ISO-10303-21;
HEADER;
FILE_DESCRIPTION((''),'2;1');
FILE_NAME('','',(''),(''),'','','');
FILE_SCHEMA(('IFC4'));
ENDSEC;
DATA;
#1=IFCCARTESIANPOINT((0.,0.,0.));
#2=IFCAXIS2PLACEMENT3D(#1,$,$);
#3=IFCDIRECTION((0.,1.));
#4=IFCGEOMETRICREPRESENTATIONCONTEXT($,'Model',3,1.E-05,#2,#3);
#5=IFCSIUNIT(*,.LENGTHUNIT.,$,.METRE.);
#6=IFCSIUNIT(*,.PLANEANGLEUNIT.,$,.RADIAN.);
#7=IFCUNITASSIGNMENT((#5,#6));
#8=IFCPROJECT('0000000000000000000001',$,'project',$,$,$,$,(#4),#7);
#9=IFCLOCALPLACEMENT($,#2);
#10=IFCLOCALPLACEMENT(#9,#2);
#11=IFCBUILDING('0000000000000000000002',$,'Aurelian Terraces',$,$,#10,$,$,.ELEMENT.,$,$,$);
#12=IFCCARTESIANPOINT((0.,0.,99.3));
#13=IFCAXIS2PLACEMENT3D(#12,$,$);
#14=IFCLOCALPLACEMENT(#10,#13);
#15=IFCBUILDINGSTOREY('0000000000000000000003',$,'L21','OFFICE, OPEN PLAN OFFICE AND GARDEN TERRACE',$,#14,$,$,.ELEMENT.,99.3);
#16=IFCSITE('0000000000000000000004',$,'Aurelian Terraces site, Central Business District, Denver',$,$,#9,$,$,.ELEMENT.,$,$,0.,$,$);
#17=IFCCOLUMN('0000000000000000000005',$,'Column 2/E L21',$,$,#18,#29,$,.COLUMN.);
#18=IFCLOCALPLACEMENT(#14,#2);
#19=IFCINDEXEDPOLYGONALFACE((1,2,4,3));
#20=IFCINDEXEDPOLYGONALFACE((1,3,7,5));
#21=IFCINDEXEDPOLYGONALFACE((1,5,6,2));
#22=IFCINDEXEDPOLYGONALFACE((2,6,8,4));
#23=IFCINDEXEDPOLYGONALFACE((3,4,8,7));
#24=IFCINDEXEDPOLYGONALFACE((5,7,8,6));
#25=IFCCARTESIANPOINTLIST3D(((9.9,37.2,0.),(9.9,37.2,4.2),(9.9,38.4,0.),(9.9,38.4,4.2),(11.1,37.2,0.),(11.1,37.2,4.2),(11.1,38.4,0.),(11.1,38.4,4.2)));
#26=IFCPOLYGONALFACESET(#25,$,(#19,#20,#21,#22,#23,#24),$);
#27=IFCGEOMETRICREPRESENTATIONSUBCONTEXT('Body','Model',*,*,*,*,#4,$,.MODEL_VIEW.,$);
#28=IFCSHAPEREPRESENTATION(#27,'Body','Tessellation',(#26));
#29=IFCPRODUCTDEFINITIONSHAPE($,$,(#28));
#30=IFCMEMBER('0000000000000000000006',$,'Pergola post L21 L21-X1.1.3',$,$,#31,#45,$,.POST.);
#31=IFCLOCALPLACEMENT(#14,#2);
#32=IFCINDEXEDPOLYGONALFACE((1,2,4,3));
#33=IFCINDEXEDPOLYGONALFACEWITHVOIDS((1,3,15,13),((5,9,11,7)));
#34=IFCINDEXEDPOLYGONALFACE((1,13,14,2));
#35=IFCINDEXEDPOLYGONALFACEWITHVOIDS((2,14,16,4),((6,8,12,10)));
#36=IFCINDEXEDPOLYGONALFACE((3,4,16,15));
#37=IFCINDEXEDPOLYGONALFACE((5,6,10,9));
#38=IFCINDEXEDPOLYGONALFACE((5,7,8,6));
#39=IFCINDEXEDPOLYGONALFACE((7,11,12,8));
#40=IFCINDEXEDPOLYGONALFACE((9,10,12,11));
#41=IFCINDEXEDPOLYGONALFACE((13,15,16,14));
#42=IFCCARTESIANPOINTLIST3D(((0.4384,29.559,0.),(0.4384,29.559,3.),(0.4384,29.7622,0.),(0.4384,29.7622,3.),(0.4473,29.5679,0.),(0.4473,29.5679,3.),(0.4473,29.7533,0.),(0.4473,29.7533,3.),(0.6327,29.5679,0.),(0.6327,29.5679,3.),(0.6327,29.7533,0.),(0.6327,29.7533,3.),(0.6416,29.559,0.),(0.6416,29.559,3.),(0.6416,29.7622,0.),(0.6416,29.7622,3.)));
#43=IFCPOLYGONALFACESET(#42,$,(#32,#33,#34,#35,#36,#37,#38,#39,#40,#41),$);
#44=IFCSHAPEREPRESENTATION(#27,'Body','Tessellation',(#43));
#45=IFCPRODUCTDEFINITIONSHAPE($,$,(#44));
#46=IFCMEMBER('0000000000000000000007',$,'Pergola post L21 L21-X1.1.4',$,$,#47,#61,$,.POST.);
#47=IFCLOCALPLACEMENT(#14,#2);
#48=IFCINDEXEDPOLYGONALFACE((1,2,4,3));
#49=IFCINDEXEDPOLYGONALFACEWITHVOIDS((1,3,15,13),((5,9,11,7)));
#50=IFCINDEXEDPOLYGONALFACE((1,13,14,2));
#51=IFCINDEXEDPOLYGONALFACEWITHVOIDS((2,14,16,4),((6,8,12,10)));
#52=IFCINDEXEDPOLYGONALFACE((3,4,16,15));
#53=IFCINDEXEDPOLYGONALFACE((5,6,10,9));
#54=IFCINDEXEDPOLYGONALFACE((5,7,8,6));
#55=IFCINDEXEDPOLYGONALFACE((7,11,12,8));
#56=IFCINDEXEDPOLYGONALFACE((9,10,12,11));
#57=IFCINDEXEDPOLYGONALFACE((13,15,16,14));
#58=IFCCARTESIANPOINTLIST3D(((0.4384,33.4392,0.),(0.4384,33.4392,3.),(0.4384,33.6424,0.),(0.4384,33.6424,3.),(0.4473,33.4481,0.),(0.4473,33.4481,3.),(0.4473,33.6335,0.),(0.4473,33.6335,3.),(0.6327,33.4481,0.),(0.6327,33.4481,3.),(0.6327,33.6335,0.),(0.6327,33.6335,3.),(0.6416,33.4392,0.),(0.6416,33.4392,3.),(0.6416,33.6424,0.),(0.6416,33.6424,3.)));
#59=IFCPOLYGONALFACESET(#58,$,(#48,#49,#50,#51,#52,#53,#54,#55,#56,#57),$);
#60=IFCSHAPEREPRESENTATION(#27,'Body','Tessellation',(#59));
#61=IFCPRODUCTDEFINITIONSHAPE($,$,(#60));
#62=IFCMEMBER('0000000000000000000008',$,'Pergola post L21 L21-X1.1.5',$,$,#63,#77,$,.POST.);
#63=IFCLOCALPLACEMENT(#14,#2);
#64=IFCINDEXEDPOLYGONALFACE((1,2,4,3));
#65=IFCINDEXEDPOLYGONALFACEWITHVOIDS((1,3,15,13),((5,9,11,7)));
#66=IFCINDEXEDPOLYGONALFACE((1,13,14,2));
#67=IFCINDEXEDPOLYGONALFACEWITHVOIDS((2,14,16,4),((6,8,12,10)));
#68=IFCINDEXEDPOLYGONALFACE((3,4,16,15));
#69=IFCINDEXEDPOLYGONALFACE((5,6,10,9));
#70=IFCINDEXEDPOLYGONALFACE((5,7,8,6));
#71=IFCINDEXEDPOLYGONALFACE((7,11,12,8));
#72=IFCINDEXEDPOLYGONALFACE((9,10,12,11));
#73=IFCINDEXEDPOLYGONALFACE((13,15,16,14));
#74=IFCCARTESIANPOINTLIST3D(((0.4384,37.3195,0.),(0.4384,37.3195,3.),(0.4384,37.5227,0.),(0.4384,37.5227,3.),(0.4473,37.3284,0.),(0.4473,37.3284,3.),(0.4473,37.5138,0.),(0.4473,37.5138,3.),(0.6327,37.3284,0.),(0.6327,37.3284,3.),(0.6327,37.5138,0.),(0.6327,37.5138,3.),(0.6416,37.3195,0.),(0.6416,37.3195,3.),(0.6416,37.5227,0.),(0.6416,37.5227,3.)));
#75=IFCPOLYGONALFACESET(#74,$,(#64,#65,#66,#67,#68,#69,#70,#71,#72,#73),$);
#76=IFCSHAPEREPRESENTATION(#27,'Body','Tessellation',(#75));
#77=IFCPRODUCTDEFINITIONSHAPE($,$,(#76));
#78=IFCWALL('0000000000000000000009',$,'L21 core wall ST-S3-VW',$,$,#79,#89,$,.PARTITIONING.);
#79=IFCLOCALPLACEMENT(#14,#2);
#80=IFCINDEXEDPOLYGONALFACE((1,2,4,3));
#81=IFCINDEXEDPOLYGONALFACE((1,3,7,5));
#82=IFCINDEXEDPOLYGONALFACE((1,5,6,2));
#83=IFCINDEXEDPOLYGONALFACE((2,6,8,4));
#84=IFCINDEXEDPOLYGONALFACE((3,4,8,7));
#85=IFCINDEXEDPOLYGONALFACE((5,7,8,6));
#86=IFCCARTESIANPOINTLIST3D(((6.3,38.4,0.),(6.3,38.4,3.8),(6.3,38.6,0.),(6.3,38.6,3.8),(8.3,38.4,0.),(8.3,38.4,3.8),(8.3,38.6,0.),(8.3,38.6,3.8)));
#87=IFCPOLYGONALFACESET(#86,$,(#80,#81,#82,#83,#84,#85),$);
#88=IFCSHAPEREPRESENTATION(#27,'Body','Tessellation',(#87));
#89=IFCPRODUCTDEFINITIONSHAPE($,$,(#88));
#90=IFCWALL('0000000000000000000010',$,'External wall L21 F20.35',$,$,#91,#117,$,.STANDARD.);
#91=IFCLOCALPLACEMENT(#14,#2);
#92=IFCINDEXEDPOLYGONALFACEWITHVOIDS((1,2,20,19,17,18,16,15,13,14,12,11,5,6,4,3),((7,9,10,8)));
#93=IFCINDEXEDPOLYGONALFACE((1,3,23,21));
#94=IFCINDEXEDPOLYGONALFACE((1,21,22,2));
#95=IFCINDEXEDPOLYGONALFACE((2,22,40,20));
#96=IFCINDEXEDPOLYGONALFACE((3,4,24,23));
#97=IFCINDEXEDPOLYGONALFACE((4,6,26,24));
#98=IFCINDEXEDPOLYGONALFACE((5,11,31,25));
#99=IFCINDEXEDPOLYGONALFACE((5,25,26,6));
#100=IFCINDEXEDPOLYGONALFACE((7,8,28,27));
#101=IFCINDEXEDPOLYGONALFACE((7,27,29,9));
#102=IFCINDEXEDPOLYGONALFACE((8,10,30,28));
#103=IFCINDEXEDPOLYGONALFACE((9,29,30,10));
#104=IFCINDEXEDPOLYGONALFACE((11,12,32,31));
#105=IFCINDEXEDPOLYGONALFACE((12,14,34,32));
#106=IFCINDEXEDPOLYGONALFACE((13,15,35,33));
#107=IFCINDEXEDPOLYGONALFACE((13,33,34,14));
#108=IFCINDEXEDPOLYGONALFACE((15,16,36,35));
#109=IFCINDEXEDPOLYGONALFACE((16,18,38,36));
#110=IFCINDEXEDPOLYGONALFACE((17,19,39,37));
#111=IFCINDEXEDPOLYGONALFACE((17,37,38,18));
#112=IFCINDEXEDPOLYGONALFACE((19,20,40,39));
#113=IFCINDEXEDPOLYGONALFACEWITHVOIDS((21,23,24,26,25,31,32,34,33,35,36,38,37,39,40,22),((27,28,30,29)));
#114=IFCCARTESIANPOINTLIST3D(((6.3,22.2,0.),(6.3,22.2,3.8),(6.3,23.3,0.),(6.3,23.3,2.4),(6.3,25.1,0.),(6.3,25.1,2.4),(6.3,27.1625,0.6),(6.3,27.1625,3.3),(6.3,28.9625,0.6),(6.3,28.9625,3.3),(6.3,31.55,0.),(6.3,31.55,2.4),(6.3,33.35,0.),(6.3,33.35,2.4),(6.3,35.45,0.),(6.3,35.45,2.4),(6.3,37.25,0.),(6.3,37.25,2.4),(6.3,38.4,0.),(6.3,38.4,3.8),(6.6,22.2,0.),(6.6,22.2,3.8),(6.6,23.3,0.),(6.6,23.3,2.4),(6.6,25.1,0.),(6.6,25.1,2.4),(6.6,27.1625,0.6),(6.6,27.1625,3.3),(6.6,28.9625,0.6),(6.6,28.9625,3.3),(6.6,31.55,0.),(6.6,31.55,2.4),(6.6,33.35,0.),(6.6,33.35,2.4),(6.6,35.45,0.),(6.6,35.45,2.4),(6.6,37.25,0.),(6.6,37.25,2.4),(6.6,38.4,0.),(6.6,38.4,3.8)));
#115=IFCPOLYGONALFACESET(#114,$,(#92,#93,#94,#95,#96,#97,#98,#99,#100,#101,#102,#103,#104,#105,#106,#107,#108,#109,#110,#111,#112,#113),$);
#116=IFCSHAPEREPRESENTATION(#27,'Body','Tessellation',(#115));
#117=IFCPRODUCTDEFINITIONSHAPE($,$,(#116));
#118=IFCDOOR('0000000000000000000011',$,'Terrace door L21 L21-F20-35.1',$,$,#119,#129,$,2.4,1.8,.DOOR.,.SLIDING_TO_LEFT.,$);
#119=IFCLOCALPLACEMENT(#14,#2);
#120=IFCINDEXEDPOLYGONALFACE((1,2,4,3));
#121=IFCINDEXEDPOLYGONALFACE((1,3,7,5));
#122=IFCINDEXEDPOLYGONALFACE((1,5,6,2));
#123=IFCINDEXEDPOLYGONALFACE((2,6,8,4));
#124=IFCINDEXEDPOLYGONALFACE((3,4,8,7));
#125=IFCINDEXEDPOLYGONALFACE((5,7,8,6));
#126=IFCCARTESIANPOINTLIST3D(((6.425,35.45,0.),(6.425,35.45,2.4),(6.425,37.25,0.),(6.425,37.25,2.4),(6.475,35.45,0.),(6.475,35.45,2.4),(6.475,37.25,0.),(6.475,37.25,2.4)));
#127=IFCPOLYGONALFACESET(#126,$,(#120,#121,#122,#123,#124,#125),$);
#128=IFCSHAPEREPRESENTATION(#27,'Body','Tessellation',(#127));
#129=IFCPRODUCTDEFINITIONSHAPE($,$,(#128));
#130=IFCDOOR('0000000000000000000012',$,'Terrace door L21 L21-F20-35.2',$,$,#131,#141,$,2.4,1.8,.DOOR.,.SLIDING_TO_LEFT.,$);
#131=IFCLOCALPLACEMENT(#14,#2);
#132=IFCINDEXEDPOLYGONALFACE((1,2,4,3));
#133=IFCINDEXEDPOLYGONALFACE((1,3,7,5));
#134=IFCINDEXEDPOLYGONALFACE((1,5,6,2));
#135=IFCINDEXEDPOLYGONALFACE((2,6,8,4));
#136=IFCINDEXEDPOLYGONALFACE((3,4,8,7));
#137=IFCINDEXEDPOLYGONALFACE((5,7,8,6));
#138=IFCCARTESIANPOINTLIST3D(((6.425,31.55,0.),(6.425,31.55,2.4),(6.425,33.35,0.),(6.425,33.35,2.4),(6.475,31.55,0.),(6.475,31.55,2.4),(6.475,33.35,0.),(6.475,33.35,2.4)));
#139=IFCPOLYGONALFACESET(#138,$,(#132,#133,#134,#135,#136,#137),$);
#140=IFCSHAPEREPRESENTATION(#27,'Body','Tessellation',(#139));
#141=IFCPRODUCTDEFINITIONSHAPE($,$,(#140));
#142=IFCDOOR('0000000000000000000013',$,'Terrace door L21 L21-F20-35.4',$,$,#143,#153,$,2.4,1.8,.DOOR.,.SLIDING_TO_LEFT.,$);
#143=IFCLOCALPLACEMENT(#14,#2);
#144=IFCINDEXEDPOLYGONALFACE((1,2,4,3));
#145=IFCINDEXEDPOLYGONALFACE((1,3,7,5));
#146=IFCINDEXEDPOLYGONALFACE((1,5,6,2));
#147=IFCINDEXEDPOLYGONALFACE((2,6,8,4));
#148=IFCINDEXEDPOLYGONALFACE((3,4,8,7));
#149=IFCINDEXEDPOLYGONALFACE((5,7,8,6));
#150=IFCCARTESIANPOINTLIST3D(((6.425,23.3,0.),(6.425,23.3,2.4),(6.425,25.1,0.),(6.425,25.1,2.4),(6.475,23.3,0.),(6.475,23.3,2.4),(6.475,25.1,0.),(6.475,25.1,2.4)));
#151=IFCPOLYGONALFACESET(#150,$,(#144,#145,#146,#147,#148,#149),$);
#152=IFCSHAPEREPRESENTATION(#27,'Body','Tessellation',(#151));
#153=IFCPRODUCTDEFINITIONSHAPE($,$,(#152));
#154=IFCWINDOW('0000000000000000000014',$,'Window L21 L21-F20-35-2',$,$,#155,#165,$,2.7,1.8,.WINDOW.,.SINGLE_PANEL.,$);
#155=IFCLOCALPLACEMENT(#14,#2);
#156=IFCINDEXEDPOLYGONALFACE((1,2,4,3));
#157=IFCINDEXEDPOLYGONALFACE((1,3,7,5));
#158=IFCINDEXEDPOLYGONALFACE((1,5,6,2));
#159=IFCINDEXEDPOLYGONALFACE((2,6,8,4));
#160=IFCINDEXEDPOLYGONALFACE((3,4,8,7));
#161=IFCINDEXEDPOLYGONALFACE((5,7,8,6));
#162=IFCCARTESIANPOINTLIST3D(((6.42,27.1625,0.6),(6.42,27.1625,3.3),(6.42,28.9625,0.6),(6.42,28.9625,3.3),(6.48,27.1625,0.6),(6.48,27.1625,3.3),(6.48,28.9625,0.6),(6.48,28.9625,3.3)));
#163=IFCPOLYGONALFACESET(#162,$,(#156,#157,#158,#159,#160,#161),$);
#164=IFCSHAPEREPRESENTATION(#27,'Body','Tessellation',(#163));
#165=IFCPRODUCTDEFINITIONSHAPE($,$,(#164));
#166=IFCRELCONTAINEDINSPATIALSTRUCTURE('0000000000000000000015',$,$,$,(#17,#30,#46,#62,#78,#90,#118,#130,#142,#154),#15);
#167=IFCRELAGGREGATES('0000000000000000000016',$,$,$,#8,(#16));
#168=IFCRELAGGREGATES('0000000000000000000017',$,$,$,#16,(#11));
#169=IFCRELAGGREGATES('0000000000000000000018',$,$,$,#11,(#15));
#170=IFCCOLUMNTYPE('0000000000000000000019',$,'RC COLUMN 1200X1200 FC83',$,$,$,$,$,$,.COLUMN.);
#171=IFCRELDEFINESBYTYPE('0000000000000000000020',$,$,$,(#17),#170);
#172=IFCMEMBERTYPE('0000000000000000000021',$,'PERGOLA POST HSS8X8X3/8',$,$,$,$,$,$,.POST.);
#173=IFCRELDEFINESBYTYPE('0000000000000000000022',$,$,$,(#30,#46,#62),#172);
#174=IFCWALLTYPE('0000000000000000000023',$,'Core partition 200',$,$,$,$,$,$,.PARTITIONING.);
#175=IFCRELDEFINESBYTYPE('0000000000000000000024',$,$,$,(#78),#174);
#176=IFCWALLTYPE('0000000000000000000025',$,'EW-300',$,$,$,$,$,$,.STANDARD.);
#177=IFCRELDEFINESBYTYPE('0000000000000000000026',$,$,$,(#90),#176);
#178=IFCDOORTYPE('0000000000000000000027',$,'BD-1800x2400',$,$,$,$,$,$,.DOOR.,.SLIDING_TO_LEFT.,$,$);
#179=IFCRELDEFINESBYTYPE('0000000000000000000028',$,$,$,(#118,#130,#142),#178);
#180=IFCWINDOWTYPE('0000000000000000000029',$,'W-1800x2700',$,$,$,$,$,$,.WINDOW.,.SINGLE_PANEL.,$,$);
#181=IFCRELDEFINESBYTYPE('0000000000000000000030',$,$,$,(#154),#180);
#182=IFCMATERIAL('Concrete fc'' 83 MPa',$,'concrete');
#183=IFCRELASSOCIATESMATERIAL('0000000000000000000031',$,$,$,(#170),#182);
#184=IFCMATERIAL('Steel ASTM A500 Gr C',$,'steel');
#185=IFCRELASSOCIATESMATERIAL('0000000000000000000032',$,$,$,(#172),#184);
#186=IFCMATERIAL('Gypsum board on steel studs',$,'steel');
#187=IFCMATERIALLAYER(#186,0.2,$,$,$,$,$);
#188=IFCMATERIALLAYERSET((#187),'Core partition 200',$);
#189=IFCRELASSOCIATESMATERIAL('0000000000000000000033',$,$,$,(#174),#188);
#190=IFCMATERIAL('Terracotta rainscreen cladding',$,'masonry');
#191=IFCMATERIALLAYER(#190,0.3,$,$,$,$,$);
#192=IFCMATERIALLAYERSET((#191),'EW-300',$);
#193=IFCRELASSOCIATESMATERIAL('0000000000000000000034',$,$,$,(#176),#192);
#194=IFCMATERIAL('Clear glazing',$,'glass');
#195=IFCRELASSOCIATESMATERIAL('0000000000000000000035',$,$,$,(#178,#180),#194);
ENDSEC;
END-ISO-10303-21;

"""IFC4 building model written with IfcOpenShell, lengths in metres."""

from ifc_helpers import new_model, si_unit, direction, frame, frame_2d, origin, origin_2d, place, context, subcontext, project, spatial, rectangle, hollow_rectangle, extrude, source, transform, mapped, material, layer, layer_set, material_profile, profile_set, type_object, element, fill, save


model = new_model("IFC4")

# Units and contexts
model_context = context("Model", 3, precision=1e-05, world=origin(), true_north=direction((0.0, 1.0)))
body_context = subcontext(model_context, "Body", "Model", "MODEL_VIEW")
ifc_project = project(units=[si_unit("LENGTHUNIT", "METRE"), si_unit("PLANEANGLEUNIT", "RADIAN")], contexts=[model_context])

# Site, building, storey
site_placement = place(None, origin())
site = spatial("IfcSite", under=ifc_project, at=site_placement, Name="Aurelian Terraces site, Central Business District, Denver", CompositionType="ELEMENT", RefElevation=0.0)
building_placement = place(site_placement, origin())
building = spatial("IfcBuilding", under=site, at=building_placement, Name="Aurelian Terraces", CompositionType="ELEMENT")
storey_placement = place(building_placement, frame((0.0, 0.0, 99.3)))
storey = spatial("IfcBuildingStorey", under=building, at=storey_placement, Name="L21", Description="OFFICE, OPEN PLAN OFFICE AND GARDEN TERRACE", CompositionType="ELEMENT", Elevation=99.3)

# Column
ifc_material_1 = material(Name="Concrete fc' 83 MPa", Category="concrete")
ifc_material_profile_1 = material_profile(ifc_material_1, rectangle(XDim=1.2, YDim=1.2, at=origin_2d()))
ifc_profile_set_1 = profile_set([ifc_material_profile_1], Name="Concrete fc' 83 MPa")
column_type = type_object("IfcColumnType", Name="RC COLUMN 1200X1200 FC83", PredefinedType="COLUMN", material=ifc_profile_set_1)
shared_shape_1 = source(origin(), body_context, "Body", "SweptSolid", [
    extrude(rectangle(XDim=1.2, YDim=1.2, at=origin_2d()), origin(), (0.0, 0.0, 1.0), 4.2),
])
column_placement = place(storey_placement, frame((10.5, 37.8, 0.0), z_axis=(0.0, 0.0, 1.0), x_axis=(1.0, 0.0, 0.0)))
element("IfcColumn", 1, at=column_placement, inside=storey, type_object=column_type, Name="Column 2/E L21", PredefinedType="COLUMN", context=body_context, shape_type="MappedRepresentation", body=[
    mapped(shared_shape_1, transform((0.0, 0.0, 0.0), scale=1.0)),
])

# Members
ifc_material_2 = material(Name="Steel ASTM A500 Gr C", Category="steel")
ifc_material_profile_2 = material_profile(ifc_material_2, hollow_rectangle(XDim=0.2032, YDim=0.2032, WallThickness=0.0089, at=origin_2d()))
ifc_profile_set_2 = profile_set([ifc_material_profile_2], Name="Steel ASTM A500 Gr C")
member_type = type_object("IfcMemberType", Name="PERGOLA POST HSS8X8X3/8", PredefinedType="POST", material=ifc_profile_set_2)
shared_shape_2 = source(origin(), body_context, "Body", "SweptSolid", [
    extrude(hollow_rectangle(XDim=0.2032, YDim=0.2032, WallThickness=0.0089, at=origin_2d()), origin(), (0.0, 0.0, 1.0), 3.0),
])
for number, where, z_axis, x_axis, name in (
    (2, (0.54, 29.6606, 0.0), (0.0, 0.0, 1.0), (1.0, 0.0, 0.0), "Pergola post L21 L21-X1.1.3"),
    (3, (0.54, 33.5408, 0.0), (0.0, 0.0, 1.0), (1.0, 0.0, 0.0), "Pergola post L21 L21-X1.1.4"),
    (4, (0.54, 37.4211, 0.0), (0.0, 0.0, 1.0), (1.0, 0.0, 0.0), "Pergola post L21 L21-X1.1.5"),
):
    element("IfcMember", number, at=place(storey_placement, frame(where, z_axis=z_axis, x_axis=x_axis)), inside=storey, type_object=member_type, Name=name, PredefinedType="POST", context=body_context, shape_type="MappedRepresentation", body=[
        mapped(shared_shape_2, transform((0.0, 0.0, 0.0), scale=1.0)),
    ])

# Wall
ifc_material_3 = material(Name="Gypsum board on steel studs", Category="steel")
ifc_layer_1 = layer(ifc_material_3, 0.2)
ifc_layer_set_1 = layer_set([ifc_layer_1], Name="Core partition 200")
wall_type_1 = type_object("IfcWallType", Name="Core partition 200", PredefinedType="PARTITIONING", material=ifc_layer_set_1)
wall_1_placement = place(storey_placement, frame((6.3, 38.5, 0.0), z_axis=(0.0, 0.0, 1.0), x_axis=(1.0, 0.0, 0.0)))
element("IfcWall", 5, at=wall_1_placement, inside=storey, type_object=wall_type_1, Name="L21 core wall ST-S3-VW", PredefinedType="PARTITIONING", context=body_context, shape_type="SweptSolid", body=[
    extrude(rectangle(XDim=2.0, YDim=0.2, at=frame_2d((1.0, 0.0))), origin(), (0.0, 0.0, 1.0), 3.8),
])

# Wall, openings, doors, window
ifc_material_4 = material(Name="Terracotta rainscreen cladding", Category="masonry")
ifc_layer_2 = layer(ifc_material_4, 0.3)
ifc_layer_set_2 = layer_set([ifc_layer_2], Name="EW-300")
wall_type_2 = type_object("IfcWallType", Name="EW-300", PredefinedType="STANDARD", material=ifc_layer_set_2)
wall_2_placement = place(storey_placement, frame((6.45, 38.4, 0.0), z_axis=(0.0, 0.0, 1.0), x_axis=(0.0, -1.0, 0.0)))
wall_2 = element("IfcWall", 6, at=wall_2_placement, inside=storey, type_object=wall_type_2, Name="External wall L21 F20.35", PredefinedType="STANDARD", context=body_context, shape_type="SweptSolid", body=[
    extrude(rectangle(XDim=16.2, YDim=0.3, at=frame_2d((8.1, 0.0))), origin(), (0.0, 0.0, 1.0), 3.8),
])
shared_shape_3 = source(origin(), body_context, "Body", "SweptSolid", [
    extrude(rectangle(XDim=1.8, YDim=2.4, at=frame_2d((0.9, 1.2))), frame((0.0, 0.16, 0.0), z_axis=(0.0, -1.0, 0.0), x_axis=(1.0, 0.0, 0.0)), (0.0, 0.0, 1.0), 0.32),
])
opening_1_placement = place(wall_2_placement, frame((1.15, 0.0, 0.0)))
opening_1 = element("IfcOpeningElement", 7, at=opening_1_placement, cuts=wall_2, PredefinedType="OPENING", context=body_context, shape_type="MappedRepresentation", body=[
    mapped(shared_shape_3, transform((0.0, 0.0, 0.0), scale=1.0)),
])
opening_2_placement = place(wall_2_placement, frame((5.05, 0.0, 0.0)))
opening_2 = element("IfcOpeningElement", 8, at=opening_2_placement, cuts=wall_2, PredefinedType="OPENING", context=body_context, shape_type="MappedRepresentation", body=[
    mapped(shared_shape_3, transform((0.0, 0.0, 0.0), scale=1.0)),
])
shared_shape_4 = source(origin(), body_context, "Body", "SweptSolid", [
    extrude(rectangle(XDim=1.8, YDim=2.7, at=frame_2d((0.9, 1.35))), frame((0.0, 0.16, 0.0), z_axis=(0.0, -1.0, 0.0), x_axis=(1.0, 0.0, 0.0)), (0.0, 0.0, 1.0), 0.32),
])
opening_3_placement = place(wall_2_placement, frame((9.4375, 0.0, 0.6)))
opening_3 = element("IfcOpeningElement", 9, at=opening_3_placement, cuts=wall_2, PredefinedType="OPENING", context=body_context, shape_type="MappedRepresentation", body=[
    mapped(shared_shape_4, transform((0.0, 0.0, 0.0), scale=1.0)),
])
opening_4_placement = place(wall_2_placement, frame((13.3, 0.0, 0.0)))
opening_4 = element("IfcOpeningElement", 10, at=opening_4_placement, cuts=wall_2, PredefinedType="OPENING", context=body_context, shape_type="MappedRepresentation", body=[
    mapped(shared_shape_3, transform((0.0, 0.0, 0.0), scale=1.0)),
])
ifc_material_5 = material(Name="Clear glazing", Category="glass")
door_type_1 = type_object("IfcDoorType", Name="BD-1800x2400", OperationType="SLIDING_TO_LEFT", PredefinedType="DOOR", material=ifc_material_5)
shared_shape_5 = source(origin(), body_context, "Body", "SweptSolid", [
    extrude(rectangle(XDim=1.8, YDim=2.4, at=frame_2d((0.9, 1.2))), frame((0.0, 0.025, 0.0), z_axis=(0.0, -1.0, 0.0), x_axis=(1.0, 0.0, 0.0)), (0.0, 0.0, 1.0), 0.05),
])
door_1_placement = place(opening_1_placement, origin())
door_1 = element("IfcDoor", 11, at=door_1_placement, inside=storey, type_object=door_type_1, Name="Terrace door L21 L21-F20-35.1", OperationType="SLIDING_TO_LEFT", OverallHeight=2.4, OverallWidth=1.8, PredefinedType="DOOR", context=body_context, shape_type="MappedRepresentation", body=[
    mapped(shared_shape_5, transform((0.0, 0.0, 0.0), scale=1.0)),
])
fill(opening_1, door_1)
door_2_placement = place(opening_2_placement, origin())
door_2 = element("IfcDoor", 12, at=door_2_placement, inside=storey, type_object=door_type_1, Name="Terrace door L21 L21-F20-35.2", OperationType="SLIDING_TO_LEFT", OverallHeight=2.4, OverallWidth=1.8, PredefinedType="DOOR", context=body_context, shape_type="MappedRepresentation", body=[
    mapped(shared_shape_5, transform((0.0, 0.0, 0.0), scale=1.0)),
])
fill(opening_2, door_2)
door_3_placement = place(opening_4_placement, origin())
door_3 = element("IfcDoor", 13, at=door_3_placement, inside=storey, type_object=door_type_1, Name="Terrace door L21 L21-F20-35.4", OperationType="SLIDING_TO_LEFT", OverallHeight=2.4, OverallWidth=1.8, PredefinedType="DOOR", context=body_context, shape_type="MappedRepresentation", body=[
    mapped(shared_shape_5, transform((0.0, 0.0, 0.0), scale=1.0)),
])
fill(opening_4, door_3)
window_type = type_object("IfcWindowType", Name="W-1800x2700", PartitioningType="SINGLE_PANEL", PredefinedType="WINDOW", material=ifc_material_5)
shared_shape_6 = source(origin(), body_context, "Body", "SweptSolid", [
    extrude(rectangle(XDim=1.8, YDim=2.7, at=frame_2d((0.9, 1.35))), frame((0.0, 0.03, 0.0), z_axis=(0.0, -1.0, 0.0), x_axis=(1.0, 0.0, 0.0)), (0.0, 0.0, 1.0), 0.06),
])
window_placement = place(opening_3_placement, origin())
window = element("IfcWindow", 14, at=window_placement, inside=storey, type_object=window_type, Name="Window L21 L21-F20-35-2", OverallHeight=2.7, OverallWidth=1.8, PartitioningType="SINGLE_PANEL", PredefinedType="WINDOW", context=body_context, shape_type="MappedRepresentation", body=[
    mapped(shared_shape_6, transform((0.0, 0.0, 0.0), scale=1.0)),
])
fill(opening_3, window)

save(model, "model.ifc")
